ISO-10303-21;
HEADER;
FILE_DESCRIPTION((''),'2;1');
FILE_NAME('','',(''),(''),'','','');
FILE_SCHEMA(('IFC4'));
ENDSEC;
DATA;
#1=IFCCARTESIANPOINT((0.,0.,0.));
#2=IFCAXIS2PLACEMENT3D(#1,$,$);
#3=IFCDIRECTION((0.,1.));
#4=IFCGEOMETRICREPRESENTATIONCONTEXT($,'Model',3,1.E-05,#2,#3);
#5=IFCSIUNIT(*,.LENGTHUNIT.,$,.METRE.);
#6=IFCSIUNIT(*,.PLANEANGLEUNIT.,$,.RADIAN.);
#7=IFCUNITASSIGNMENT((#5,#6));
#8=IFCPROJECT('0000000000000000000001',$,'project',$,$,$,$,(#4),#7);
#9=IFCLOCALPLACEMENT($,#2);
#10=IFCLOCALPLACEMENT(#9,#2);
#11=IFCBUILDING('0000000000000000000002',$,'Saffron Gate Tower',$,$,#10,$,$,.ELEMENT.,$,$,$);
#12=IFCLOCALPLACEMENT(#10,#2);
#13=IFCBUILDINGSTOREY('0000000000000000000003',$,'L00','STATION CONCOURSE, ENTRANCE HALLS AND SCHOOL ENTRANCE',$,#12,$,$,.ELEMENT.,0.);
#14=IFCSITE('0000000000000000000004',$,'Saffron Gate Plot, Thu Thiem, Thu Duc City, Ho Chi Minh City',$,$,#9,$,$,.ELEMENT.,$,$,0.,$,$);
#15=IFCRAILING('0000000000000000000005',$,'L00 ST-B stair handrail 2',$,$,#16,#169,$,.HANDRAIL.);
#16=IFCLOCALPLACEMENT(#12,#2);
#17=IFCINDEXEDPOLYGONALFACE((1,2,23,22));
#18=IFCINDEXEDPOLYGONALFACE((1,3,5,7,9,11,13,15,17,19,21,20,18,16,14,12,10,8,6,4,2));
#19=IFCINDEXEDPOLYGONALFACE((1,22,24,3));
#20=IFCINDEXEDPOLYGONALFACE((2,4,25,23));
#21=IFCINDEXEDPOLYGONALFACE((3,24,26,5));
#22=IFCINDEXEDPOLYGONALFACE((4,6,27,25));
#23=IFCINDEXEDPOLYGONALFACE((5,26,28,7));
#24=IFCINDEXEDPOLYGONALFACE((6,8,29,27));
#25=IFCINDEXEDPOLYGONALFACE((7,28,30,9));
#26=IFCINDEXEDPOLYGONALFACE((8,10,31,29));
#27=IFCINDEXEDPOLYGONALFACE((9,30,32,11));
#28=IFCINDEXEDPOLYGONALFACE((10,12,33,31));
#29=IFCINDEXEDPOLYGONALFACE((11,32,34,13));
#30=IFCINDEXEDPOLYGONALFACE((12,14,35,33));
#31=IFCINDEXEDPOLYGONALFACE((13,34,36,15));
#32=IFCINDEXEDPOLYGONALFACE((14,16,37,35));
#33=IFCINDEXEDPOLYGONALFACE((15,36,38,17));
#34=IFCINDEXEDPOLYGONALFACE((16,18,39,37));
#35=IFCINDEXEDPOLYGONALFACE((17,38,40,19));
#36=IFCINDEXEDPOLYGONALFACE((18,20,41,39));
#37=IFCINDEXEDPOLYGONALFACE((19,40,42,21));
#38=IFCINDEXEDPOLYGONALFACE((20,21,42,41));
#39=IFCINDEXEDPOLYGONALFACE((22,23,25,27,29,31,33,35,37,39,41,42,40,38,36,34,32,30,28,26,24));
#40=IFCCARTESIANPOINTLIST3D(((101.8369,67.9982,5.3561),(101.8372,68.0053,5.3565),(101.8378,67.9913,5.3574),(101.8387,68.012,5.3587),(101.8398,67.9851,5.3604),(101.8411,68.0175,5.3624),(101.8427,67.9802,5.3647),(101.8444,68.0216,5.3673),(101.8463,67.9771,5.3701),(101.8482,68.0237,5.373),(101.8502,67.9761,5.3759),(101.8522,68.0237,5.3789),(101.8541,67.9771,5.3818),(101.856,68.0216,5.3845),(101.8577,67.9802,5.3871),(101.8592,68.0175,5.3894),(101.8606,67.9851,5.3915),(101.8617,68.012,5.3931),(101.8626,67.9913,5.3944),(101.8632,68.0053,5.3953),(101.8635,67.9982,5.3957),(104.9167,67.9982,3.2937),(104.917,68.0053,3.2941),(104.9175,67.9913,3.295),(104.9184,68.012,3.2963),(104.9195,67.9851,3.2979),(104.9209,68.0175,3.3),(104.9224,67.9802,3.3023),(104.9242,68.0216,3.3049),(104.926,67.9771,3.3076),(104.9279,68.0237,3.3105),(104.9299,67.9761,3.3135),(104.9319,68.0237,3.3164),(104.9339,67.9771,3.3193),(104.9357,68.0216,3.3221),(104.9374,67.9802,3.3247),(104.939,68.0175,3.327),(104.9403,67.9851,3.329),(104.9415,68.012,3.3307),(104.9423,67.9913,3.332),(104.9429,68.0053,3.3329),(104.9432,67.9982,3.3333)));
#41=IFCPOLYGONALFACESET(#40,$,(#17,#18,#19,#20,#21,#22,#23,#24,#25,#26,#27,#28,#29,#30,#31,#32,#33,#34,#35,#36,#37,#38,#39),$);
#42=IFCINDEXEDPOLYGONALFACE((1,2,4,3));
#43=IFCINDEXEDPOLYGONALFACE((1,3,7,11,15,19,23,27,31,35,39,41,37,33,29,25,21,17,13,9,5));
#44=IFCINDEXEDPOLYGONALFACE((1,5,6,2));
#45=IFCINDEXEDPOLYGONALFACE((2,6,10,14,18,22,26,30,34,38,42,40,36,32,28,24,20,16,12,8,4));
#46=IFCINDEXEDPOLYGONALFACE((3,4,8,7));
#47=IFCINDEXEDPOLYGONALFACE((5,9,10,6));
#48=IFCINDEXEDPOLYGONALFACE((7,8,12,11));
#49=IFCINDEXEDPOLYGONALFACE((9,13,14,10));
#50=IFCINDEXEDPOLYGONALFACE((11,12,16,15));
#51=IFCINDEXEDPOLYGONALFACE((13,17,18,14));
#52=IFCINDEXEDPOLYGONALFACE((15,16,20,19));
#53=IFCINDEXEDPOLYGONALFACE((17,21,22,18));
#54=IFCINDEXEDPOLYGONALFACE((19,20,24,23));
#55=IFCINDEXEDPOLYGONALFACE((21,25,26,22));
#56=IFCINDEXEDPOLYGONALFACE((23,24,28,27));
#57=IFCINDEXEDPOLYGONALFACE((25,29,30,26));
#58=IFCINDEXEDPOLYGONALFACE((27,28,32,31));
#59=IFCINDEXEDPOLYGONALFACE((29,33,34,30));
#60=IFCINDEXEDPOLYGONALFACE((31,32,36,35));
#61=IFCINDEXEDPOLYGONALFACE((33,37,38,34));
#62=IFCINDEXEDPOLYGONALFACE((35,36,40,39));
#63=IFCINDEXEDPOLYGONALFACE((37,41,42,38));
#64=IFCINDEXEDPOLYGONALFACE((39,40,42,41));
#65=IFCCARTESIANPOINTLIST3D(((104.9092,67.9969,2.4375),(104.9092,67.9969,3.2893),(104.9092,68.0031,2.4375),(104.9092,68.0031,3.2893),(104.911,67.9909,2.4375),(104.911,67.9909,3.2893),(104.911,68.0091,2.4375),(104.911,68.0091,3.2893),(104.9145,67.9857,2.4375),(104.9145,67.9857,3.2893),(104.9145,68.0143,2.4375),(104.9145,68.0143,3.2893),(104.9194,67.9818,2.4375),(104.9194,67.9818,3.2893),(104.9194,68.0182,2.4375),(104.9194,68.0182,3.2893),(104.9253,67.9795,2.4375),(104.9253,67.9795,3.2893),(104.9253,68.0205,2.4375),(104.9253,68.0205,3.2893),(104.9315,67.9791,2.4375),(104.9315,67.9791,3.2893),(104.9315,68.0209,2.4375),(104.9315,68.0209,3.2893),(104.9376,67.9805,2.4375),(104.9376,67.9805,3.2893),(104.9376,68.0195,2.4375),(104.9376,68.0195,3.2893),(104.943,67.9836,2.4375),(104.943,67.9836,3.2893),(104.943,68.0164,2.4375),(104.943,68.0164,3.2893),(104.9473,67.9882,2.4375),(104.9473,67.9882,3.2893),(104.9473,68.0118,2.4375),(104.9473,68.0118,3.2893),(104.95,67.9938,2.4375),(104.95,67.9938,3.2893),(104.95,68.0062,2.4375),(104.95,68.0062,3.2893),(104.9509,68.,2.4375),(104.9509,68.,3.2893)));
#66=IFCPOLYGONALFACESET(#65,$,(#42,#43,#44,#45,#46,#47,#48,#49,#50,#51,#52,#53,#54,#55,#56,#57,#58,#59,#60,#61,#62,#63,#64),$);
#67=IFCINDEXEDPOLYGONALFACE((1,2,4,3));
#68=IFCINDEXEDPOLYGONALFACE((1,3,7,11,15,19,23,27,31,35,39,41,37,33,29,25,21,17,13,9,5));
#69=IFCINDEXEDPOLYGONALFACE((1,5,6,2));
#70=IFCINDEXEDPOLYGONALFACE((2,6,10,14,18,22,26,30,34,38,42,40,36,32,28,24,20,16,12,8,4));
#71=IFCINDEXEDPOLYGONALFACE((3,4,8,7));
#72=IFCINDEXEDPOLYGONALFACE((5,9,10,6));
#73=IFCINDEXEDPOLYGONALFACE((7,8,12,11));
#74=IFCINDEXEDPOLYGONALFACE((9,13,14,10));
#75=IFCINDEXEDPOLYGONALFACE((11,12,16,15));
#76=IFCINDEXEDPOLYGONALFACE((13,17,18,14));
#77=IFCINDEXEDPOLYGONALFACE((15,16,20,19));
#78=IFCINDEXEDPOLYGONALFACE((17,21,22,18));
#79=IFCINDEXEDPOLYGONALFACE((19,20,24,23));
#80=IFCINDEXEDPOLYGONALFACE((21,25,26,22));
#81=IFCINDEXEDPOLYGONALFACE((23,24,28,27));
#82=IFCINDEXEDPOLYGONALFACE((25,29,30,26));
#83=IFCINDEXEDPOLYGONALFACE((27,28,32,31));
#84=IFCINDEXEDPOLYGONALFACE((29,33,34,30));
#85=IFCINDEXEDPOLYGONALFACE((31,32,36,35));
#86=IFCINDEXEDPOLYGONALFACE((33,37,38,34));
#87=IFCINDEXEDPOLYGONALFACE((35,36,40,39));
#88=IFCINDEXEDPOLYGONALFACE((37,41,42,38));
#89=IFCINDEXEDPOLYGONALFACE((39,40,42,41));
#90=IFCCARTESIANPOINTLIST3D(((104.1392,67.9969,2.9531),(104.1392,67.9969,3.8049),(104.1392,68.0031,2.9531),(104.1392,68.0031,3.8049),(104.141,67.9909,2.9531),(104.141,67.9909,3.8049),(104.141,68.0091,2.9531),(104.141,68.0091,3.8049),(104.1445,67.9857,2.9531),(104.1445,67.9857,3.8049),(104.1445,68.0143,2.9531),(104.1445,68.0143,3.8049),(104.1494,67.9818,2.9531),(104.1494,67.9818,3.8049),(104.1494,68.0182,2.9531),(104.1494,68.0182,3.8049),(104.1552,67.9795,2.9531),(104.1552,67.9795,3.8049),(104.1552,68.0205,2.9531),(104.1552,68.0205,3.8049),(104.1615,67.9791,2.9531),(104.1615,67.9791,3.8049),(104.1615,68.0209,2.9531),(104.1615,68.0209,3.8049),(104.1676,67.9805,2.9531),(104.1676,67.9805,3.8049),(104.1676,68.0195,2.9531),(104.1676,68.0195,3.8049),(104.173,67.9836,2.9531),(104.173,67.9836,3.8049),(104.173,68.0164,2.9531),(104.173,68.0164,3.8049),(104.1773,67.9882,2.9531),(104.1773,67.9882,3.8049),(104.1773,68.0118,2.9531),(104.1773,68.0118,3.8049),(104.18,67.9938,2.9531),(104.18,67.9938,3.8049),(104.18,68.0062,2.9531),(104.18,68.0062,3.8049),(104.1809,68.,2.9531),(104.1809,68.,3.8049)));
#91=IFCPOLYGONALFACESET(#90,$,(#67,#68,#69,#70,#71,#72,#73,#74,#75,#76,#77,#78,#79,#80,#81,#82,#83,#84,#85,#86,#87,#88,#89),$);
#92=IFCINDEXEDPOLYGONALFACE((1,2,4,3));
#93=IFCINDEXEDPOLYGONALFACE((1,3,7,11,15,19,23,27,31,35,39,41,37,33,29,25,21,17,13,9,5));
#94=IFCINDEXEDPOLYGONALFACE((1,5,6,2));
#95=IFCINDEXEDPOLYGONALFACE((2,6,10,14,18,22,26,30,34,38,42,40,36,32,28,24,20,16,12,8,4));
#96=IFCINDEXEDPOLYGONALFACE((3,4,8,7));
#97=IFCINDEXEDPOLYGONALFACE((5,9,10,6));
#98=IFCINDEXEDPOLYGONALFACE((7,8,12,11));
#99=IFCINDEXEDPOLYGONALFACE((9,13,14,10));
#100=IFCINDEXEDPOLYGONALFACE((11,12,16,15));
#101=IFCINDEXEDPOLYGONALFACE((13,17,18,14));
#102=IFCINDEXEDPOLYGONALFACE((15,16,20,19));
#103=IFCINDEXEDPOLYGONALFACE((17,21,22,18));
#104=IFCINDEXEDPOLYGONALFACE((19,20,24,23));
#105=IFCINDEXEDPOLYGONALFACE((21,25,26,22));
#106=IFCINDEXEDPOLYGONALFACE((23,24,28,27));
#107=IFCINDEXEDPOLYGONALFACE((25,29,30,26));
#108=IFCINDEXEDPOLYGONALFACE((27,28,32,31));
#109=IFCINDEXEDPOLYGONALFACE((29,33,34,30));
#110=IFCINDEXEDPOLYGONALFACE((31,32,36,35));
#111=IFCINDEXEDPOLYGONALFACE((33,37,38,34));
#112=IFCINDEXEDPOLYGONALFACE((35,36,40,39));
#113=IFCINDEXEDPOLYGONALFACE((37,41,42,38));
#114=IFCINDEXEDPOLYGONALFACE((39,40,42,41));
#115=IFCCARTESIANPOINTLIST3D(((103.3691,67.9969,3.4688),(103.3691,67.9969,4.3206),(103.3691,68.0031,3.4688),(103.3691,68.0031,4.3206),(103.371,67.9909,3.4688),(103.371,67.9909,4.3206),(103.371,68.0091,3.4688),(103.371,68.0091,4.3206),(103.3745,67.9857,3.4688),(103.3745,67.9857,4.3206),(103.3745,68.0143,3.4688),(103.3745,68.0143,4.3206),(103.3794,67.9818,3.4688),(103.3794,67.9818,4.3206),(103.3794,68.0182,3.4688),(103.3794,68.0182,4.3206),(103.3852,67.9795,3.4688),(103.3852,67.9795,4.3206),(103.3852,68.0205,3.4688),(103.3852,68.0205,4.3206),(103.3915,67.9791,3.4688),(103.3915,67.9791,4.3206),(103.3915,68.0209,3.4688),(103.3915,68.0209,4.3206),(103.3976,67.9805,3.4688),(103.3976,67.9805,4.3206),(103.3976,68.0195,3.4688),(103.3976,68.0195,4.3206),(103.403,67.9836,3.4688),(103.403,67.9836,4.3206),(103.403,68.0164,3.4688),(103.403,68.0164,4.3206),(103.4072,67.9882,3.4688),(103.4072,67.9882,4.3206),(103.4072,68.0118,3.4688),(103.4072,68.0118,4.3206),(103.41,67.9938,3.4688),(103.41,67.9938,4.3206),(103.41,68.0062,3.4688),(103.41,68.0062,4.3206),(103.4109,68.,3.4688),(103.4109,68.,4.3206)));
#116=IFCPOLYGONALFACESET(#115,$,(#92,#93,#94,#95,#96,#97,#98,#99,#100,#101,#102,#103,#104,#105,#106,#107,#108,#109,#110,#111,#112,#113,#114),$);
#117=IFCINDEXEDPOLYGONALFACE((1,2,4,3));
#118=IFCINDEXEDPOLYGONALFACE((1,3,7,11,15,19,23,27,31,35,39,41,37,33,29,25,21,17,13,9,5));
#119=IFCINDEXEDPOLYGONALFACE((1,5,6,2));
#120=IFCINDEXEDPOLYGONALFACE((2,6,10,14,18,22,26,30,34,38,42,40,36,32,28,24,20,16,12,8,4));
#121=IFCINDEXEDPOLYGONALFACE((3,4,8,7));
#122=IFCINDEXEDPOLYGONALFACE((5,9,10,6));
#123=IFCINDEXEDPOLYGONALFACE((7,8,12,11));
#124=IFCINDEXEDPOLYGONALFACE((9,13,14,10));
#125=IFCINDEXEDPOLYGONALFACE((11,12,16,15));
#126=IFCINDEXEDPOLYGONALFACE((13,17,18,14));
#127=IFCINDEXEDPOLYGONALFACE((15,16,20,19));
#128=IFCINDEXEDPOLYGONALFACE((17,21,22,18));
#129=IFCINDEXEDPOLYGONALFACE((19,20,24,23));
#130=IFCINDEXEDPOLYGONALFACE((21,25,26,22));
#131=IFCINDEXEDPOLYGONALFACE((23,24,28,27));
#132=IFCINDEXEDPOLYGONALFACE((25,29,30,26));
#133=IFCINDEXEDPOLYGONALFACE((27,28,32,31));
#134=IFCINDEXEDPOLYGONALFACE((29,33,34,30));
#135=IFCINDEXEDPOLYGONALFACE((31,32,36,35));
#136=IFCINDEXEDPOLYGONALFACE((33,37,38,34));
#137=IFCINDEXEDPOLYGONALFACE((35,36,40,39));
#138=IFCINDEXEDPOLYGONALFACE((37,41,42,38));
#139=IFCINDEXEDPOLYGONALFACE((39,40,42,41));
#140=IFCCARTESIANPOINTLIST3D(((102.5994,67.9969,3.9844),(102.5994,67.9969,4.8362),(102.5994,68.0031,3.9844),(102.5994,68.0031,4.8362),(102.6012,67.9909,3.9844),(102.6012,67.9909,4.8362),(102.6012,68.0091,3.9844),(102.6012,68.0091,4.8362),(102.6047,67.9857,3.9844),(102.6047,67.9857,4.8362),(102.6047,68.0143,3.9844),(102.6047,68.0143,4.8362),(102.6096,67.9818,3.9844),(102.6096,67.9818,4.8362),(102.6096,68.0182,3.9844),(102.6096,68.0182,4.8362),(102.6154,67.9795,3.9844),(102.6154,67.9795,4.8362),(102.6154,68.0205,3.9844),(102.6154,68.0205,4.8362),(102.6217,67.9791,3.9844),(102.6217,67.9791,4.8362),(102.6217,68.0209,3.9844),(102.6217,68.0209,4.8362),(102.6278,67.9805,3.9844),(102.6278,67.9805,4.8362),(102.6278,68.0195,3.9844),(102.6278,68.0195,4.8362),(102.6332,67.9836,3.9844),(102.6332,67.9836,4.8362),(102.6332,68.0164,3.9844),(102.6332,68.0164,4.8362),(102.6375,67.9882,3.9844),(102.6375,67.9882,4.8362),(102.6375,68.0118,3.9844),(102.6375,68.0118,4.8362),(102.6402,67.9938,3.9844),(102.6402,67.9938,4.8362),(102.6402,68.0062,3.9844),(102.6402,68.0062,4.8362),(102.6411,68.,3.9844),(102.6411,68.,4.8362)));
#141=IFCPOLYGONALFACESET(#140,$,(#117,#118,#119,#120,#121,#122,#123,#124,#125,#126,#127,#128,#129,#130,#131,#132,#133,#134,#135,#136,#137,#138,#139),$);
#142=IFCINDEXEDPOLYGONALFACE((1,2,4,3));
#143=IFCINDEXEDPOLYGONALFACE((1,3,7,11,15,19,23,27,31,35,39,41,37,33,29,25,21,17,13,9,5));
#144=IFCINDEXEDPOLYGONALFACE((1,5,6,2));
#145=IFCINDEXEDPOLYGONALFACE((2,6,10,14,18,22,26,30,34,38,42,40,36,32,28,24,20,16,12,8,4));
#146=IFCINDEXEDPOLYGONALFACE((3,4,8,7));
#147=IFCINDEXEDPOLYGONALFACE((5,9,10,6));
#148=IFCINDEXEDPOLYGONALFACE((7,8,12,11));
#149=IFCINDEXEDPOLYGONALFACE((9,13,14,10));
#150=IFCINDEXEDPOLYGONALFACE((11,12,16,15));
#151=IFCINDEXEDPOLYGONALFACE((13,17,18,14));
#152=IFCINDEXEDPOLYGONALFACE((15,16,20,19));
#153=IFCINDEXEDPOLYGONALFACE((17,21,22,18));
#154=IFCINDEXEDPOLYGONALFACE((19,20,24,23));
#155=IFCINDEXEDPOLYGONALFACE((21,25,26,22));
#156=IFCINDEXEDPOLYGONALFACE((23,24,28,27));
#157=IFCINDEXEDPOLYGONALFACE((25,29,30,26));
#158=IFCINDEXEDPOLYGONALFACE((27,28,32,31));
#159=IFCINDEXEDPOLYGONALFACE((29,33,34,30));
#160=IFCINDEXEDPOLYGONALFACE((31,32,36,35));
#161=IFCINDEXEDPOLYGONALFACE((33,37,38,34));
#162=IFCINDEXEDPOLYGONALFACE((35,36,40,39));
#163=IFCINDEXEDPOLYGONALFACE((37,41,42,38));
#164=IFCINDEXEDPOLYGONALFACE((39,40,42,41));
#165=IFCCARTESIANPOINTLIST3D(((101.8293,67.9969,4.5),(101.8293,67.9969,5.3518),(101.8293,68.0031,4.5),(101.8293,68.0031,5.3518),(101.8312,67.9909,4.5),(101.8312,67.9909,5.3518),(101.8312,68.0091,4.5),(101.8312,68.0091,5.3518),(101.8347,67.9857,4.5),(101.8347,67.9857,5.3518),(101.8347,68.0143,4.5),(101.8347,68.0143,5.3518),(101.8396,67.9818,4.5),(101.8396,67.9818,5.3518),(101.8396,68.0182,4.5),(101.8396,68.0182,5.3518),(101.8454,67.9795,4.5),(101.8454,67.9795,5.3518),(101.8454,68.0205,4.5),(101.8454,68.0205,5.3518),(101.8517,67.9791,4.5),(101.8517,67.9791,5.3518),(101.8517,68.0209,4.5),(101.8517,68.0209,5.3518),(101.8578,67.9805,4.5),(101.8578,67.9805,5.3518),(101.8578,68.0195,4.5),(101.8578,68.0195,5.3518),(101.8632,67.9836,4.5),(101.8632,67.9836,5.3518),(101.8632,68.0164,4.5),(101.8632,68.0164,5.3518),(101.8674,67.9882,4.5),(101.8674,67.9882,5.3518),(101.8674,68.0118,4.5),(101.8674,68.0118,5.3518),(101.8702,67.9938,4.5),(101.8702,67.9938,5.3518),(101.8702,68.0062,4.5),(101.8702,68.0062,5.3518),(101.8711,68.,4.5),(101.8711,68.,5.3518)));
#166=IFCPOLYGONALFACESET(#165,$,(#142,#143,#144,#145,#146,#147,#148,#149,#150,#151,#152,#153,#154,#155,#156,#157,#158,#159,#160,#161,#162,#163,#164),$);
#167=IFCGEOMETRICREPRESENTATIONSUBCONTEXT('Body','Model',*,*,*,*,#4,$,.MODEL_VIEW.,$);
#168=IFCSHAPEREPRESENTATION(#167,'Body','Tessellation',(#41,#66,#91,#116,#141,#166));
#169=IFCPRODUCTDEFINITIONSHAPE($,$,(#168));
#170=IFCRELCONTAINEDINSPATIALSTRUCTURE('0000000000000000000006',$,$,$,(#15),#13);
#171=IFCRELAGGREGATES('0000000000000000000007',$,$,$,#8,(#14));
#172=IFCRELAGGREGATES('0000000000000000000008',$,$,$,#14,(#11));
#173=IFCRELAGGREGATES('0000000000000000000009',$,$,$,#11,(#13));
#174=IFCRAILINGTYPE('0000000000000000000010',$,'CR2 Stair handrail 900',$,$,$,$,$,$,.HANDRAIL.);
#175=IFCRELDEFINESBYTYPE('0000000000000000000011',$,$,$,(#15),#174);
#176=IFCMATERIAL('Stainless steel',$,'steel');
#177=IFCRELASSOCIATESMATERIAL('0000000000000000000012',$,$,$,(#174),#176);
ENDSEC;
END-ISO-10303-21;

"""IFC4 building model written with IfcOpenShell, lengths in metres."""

from ifc_helpers import new_model, si_unit, direction, frame, origin, origin_2d, place, context, subcontext, project, spatial, circle, extrude, material, type_object, element, save


model = new_model("IFC4")

# Units and contexts
model_context = context("Model", 3, precision=1e-05, world=origin(), true_north=direction((0.0, 1.0)))
body_context = subcontext(model_context, "Body", "Model", "MODEL_VIEW")
ifc_project = project(units=[si_unit("LENGTHUNIT", "METRE"), si_unit("PLANEANGLEUNIT", "RADIAN")], contexts=[model_context])

# Site, building, storey
site_placement = place(None, origin())
site = spatial("IfcSite", under=ifc_project, at=site_placement, Name="Saffron Gate Plot, Thu Thiem, Thu Duc City, Ho Chi Minh City", CompositionType="ELEMENT", RefElevation=0.0)
building_placement = place(site_placement, origin())
building = spatial("IfcBuilding", under=site, at=building_placement, Name="Saffron Gate Tower", CompositionType="ELEMENT")
storey_placement = place(building_placement, origin())
storey = spatial("IfcBuildingStorey", under=building, at=storey_placement, Name="L00", Description="STATION CONCOURSE, ENTRANCE HALLS AND SCHOOL ENTRANCE", CompositionType="ELEMENT", Elevation=0.0)

# Railing
ifc_material_1 = material(Name="Stainless steel", Category="steel")
railing_type = type_object("IfcRailingType", Name="CR2 Stair handrail 900", PredefinedType="HANDRAIL", material=ifc_material_1)
for number, where, name in (
    (1, (104.9299, 68.0, 2.4375), "L00 ST-B stair handrail 2"),
):
    element("IfcRailing", number, at=place(storey_placement, frame(where)), inside=storey, type_object=railing_type, Name=name, PredefinedType="HANDRAIL", context=body_context, shape_type="SweptSolid", body=[
        extrude(circle(Radius=0.0239, at=origin_2d()), frame((0.0, 0.0, 0.876), z_axis=(-0.830893, 0.0, 0.556432), x_axis=(0.0, -1.0, 0.0)), (0.0, 0.0, 1.0), 3.7065),
        extrude(circle(Radius=0.021, at=origin_2d()), origin(), (0.0, 0.0, 1.0), 0.8518),
        extrude(circle(Radius=0.021, at=origin_2d()), frame((-0.77, 0.0, 0.5156)), (0.0, 0.0, 1.0), 0.8518),
        extrude(circle(Radius=0.021, at=origin_2d()), frame((-1.54, 0.0, 1.0312)), (0.0, 0.0, 1.0), 0.8518),
        extrude(circle(Radius=0.021, at=origin_2d()), frame((-2.3098, 0.0, 1.5469)), (0.0, 0.0, 1.0), 0.8518),
        extrude(circle(Radius=0.021, at=origin_2d()), frame((-3.0798, 0.0, 2.0625)), (0.0, 0.0, 1.0), 0.8518),
    ])

save(model, "model.ifc")
